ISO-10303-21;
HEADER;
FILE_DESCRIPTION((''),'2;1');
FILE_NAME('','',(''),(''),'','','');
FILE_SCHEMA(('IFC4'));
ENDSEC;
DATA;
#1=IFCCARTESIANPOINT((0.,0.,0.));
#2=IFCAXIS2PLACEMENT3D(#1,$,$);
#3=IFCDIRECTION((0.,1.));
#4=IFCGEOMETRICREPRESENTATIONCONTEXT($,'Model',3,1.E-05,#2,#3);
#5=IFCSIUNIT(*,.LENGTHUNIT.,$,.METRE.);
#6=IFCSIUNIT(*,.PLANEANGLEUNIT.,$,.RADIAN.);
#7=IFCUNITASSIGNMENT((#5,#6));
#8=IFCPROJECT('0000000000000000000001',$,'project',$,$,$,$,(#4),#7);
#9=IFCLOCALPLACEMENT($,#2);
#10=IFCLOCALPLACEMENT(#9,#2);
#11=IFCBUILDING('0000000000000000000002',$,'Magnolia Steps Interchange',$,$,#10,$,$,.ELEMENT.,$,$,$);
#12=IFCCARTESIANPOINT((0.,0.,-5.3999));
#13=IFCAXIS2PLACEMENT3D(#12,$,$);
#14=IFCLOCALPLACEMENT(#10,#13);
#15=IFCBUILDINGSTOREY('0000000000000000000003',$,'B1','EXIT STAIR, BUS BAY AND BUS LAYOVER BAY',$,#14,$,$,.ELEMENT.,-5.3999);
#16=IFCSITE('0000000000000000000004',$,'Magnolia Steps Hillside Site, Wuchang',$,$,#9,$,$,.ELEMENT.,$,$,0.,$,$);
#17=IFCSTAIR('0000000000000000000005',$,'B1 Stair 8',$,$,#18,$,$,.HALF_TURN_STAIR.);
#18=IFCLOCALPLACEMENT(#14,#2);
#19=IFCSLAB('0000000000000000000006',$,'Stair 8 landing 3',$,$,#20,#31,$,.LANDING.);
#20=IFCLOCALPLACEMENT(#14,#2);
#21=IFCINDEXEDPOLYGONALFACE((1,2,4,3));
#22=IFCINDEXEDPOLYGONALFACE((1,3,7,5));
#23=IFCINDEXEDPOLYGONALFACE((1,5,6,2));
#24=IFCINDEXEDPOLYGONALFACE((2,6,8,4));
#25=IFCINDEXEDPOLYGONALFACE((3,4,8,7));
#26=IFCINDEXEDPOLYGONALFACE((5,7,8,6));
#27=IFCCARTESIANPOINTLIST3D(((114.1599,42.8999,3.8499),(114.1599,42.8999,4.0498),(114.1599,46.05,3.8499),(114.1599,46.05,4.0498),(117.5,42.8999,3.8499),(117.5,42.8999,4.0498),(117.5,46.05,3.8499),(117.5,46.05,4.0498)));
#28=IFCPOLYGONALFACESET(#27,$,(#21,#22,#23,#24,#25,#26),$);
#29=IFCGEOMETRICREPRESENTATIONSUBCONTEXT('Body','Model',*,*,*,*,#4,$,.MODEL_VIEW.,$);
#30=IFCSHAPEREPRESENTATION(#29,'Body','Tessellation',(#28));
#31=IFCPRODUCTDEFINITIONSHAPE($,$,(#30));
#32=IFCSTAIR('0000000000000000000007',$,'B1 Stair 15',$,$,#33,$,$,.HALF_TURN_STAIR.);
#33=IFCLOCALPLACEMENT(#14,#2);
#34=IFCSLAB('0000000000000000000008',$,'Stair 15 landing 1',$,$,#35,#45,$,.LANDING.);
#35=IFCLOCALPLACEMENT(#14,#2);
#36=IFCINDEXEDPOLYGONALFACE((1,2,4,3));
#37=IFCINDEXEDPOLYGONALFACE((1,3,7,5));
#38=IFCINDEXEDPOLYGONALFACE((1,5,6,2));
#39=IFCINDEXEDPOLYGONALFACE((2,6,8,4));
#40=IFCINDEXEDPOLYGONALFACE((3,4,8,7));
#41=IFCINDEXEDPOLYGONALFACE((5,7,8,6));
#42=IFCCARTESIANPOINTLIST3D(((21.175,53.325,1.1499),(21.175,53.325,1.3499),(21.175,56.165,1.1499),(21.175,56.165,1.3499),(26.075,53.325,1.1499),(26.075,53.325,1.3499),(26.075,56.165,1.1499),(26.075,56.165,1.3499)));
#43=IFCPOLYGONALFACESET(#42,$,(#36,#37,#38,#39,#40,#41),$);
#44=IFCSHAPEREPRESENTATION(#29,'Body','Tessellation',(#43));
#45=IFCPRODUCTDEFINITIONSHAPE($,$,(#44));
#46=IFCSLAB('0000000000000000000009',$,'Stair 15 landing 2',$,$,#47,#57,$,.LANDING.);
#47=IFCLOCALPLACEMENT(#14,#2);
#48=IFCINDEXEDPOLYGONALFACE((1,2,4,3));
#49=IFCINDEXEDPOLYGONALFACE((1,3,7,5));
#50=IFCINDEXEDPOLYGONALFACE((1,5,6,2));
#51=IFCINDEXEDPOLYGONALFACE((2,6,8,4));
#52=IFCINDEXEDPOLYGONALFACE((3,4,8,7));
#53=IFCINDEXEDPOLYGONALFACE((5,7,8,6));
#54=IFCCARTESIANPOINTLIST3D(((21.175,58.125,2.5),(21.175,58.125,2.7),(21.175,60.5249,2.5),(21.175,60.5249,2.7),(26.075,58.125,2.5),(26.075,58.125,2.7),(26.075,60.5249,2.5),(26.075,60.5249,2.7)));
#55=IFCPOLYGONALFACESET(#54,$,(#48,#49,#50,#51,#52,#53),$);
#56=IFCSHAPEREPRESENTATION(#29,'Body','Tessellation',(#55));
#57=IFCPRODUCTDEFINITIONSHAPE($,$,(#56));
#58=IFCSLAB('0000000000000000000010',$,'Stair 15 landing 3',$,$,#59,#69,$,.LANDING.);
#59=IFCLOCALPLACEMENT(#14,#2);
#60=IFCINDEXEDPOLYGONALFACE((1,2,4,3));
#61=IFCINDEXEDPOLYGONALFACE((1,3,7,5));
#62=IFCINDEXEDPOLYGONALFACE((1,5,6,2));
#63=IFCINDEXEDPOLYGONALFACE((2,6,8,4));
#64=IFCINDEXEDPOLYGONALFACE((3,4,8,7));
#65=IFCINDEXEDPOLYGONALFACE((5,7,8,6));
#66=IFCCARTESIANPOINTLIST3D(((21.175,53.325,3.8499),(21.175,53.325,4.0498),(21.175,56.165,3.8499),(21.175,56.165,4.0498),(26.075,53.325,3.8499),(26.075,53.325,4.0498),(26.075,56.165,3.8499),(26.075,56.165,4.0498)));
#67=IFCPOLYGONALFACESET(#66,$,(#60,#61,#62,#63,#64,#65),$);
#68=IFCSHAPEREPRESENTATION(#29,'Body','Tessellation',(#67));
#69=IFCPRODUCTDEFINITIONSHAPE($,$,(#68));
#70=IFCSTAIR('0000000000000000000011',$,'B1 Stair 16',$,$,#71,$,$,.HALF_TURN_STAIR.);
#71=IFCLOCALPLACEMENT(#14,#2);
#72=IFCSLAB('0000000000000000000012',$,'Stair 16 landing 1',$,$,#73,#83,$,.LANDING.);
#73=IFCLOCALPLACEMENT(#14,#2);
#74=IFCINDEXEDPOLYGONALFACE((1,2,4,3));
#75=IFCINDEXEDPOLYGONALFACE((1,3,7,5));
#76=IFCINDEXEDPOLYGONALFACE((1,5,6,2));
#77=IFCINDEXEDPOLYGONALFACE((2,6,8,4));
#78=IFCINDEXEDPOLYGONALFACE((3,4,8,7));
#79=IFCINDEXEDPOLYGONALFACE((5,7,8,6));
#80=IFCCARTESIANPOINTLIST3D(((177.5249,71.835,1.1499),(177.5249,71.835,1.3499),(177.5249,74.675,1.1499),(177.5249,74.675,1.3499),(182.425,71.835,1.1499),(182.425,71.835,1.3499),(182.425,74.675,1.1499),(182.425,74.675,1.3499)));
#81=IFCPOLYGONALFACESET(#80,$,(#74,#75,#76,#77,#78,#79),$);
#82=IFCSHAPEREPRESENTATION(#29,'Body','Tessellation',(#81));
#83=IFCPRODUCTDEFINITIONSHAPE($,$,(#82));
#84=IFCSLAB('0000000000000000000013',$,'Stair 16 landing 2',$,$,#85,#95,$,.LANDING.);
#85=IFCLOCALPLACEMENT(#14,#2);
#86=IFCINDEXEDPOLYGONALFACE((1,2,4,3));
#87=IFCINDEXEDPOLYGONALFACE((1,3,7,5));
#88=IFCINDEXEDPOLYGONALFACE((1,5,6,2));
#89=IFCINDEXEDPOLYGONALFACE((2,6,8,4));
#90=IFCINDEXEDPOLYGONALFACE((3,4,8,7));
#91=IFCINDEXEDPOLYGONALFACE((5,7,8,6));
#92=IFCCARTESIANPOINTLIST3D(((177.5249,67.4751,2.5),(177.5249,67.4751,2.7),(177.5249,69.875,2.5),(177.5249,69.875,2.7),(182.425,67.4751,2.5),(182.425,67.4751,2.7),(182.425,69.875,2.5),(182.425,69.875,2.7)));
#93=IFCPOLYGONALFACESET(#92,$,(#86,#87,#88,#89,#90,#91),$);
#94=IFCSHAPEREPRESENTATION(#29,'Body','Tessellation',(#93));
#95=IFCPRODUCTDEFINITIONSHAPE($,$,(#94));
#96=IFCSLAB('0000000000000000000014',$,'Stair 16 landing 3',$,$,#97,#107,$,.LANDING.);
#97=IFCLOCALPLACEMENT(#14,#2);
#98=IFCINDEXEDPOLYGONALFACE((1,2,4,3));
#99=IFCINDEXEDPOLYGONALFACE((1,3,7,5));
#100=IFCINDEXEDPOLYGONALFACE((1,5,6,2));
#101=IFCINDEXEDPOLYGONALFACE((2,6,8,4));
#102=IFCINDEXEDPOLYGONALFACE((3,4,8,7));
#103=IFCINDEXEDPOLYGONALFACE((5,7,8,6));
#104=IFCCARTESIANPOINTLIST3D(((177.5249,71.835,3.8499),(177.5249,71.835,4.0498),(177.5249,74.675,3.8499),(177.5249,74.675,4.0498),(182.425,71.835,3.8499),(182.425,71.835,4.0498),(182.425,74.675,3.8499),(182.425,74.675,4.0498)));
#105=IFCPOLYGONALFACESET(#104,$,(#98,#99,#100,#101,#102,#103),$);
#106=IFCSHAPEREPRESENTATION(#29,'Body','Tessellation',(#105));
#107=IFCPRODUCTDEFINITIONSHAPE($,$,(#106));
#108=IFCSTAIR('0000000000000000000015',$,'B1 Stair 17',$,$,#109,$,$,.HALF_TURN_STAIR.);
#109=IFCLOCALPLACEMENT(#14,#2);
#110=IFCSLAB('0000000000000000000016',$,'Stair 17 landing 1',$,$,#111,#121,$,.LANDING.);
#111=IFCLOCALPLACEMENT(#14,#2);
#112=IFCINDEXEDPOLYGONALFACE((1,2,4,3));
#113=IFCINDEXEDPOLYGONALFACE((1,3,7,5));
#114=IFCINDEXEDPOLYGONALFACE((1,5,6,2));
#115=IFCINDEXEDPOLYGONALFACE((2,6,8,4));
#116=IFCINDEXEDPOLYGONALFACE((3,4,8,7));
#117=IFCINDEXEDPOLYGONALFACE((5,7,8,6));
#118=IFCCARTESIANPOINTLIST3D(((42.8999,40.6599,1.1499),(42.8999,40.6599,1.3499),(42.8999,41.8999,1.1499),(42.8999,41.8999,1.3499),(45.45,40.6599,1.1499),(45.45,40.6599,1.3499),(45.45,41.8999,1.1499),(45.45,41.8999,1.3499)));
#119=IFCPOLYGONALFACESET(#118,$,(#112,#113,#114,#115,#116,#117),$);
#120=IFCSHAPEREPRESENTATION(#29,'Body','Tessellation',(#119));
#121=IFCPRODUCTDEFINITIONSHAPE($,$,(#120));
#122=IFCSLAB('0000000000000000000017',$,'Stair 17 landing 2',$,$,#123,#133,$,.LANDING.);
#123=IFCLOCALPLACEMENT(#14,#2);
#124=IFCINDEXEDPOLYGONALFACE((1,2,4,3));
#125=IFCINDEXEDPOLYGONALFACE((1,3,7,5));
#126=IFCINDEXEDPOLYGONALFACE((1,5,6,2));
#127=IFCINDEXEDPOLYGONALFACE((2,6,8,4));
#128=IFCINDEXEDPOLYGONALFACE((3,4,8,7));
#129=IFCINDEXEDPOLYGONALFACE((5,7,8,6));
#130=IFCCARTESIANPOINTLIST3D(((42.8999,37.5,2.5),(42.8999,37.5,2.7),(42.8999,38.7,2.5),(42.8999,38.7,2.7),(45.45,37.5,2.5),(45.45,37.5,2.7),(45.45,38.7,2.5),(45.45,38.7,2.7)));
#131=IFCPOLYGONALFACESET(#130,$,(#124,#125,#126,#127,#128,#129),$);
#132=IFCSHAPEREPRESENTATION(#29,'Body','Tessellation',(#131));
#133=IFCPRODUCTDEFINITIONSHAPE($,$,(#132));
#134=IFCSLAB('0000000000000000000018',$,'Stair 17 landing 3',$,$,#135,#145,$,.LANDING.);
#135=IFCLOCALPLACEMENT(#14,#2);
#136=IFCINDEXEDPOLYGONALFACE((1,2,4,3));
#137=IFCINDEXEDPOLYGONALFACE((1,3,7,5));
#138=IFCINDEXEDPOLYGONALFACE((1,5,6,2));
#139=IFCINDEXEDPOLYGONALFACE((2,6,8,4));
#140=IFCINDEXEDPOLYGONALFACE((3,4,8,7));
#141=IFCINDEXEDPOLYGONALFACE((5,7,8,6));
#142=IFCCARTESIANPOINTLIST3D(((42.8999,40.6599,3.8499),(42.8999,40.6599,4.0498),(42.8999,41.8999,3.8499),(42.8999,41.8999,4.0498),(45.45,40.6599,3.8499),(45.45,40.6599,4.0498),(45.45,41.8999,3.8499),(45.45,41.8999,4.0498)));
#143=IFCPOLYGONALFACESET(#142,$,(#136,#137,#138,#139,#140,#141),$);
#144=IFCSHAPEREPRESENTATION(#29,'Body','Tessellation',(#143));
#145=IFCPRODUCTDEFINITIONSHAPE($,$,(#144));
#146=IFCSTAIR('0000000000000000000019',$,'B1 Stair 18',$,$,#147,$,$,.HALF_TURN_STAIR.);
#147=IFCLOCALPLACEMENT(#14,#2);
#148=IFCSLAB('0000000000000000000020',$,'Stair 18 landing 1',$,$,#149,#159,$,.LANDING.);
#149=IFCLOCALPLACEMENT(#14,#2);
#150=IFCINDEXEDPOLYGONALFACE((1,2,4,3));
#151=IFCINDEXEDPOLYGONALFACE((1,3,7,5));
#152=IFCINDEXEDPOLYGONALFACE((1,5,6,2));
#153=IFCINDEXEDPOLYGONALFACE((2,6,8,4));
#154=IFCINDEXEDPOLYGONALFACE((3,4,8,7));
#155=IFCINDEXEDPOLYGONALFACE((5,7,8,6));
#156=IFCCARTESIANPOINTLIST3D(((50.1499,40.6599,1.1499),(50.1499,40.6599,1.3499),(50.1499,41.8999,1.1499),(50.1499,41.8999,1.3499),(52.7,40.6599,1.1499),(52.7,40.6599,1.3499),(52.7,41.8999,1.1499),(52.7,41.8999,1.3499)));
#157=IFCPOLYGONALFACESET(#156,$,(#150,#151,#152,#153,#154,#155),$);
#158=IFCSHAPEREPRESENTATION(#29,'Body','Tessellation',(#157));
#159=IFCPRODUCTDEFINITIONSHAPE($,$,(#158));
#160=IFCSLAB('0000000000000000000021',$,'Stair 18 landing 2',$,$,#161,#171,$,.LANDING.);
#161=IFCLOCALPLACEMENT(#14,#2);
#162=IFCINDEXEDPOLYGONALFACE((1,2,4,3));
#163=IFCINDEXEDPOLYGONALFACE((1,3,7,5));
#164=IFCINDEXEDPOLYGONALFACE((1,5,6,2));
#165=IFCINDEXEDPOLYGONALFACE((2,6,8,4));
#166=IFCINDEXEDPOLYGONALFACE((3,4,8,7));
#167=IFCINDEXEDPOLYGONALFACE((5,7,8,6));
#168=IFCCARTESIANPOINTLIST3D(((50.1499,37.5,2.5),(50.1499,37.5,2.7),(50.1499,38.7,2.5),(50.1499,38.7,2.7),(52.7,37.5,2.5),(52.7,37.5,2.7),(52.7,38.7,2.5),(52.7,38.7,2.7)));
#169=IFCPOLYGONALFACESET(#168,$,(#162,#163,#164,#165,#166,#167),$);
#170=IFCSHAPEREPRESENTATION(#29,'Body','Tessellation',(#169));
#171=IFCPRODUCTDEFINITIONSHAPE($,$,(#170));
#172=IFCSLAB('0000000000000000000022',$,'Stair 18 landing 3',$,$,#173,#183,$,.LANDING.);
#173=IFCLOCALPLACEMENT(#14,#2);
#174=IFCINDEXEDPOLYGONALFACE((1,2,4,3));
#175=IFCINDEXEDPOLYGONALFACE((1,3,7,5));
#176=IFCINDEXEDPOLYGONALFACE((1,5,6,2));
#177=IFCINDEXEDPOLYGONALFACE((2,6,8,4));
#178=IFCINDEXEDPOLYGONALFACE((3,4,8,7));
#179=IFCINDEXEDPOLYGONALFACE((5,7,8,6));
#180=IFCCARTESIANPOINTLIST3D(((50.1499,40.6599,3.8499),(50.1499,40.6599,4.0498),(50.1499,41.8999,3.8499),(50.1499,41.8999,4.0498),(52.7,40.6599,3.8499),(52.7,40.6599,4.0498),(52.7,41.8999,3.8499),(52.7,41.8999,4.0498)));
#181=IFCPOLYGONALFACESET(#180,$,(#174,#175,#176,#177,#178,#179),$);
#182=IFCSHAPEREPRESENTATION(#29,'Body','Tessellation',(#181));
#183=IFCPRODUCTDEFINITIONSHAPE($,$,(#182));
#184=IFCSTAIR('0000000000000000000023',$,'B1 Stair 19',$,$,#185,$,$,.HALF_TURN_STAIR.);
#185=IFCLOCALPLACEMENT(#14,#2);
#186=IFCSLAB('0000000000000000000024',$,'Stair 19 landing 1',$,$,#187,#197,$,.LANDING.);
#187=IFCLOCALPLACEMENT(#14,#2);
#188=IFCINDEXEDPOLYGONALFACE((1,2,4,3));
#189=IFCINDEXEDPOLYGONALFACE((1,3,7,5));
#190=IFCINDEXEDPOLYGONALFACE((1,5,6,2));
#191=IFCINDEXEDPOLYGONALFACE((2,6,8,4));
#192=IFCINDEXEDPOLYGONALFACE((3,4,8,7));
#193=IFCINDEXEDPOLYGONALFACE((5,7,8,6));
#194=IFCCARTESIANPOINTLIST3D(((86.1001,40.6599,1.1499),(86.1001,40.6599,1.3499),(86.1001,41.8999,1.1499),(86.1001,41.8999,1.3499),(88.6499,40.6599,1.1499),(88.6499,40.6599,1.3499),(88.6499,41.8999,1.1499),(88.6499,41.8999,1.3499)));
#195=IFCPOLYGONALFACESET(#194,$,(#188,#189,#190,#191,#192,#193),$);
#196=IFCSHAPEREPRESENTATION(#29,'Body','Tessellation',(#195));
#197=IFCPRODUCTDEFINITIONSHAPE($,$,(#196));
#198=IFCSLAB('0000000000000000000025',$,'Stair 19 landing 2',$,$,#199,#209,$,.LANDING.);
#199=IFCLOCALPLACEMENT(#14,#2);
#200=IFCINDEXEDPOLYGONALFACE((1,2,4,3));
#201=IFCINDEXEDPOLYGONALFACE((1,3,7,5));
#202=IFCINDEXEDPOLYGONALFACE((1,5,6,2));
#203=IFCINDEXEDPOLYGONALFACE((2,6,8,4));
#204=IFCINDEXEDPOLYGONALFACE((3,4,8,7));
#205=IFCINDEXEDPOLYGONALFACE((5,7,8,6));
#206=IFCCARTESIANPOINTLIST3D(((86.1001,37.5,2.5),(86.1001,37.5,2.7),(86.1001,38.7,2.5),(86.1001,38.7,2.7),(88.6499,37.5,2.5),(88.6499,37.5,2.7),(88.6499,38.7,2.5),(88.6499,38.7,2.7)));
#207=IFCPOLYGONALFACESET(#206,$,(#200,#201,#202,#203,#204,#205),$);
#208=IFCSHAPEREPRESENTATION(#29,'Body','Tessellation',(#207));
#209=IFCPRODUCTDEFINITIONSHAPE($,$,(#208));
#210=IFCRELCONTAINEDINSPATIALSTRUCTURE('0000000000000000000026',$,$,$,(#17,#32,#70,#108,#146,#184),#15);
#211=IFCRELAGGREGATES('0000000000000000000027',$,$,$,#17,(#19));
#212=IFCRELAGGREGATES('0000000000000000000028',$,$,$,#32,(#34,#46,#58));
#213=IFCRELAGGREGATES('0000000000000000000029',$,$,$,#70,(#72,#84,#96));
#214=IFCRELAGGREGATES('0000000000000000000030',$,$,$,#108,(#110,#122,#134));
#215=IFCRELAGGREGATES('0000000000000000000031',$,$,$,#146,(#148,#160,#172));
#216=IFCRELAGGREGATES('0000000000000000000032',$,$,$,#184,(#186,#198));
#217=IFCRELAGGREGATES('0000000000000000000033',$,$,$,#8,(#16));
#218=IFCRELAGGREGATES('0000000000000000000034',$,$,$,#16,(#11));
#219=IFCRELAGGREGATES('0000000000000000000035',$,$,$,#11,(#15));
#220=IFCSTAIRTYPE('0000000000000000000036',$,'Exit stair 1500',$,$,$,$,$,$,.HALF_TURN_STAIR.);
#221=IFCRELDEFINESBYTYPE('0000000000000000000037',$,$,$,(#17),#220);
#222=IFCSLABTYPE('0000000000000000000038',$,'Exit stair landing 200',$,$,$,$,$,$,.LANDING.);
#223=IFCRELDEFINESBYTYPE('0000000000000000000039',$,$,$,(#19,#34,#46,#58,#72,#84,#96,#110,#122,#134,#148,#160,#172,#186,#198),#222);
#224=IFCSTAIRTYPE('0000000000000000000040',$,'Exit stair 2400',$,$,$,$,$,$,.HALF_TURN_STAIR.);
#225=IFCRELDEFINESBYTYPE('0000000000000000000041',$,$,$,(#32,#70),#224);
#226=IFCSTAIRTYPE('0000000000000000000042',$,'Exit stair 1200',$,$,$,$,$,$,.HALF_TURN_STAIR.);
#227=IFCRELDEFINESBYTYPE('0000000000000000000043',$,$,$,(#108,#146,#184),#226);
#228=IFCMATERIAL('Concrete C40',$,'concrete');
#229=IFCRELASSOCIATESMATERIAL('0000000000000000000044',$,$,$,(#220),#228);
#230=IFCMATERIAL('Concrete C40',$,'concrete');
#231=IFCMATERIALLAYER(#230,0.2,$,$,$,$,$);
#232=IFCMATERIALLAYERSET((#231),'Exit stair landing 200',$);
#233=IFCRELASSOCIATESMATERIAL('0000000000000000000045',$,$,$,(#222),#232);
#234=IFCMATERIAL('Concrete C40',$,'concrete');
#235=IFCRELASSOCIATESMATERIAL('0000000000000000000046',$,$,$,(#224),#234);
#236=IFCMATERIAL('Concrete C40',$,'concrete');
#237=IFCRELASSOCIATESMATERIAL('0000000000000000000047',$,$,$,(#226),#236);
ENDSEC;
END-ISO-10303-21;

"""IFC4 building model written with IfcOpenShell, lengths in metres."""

from ifc_helpers import new_model, si_unit, direction, frame, origin, place, context, subcontext, project, spatial, polyline, outline, extrude, material, layer, layer_set, type_object, element, aggregate, save


model = new_model("IFC4")

# Units and contexts
model_context = context("Model", 3, precision=1e-05, world=origin(), true_north=direction((0.0, 1.0)))
body_context = subcontext(model_context, "Body", "Model", "MODEL_VIEW")
ifc_project = project(units=[si_unit("LENGTHUNIT", "METRE"), si_unit("PLANEANGLEUNIT", "RADIAN")], contexts=[model_context])

# Site, building, storey
site_placement = place(None, origin())
site = spatial("IfcSite", under=ifc_project, at=site_placement, Name="Magnolia Steps Hillside Site, Wuchang", CompositionType="ELEMENT", RefElevation=0.0)
building_placement = place(site_placement, origin())
building = spatial("IfcBuilding", under=site, at=building_placement, Name="Magnolia Steps Interchange", CompositionType="ELEMENT")
storey_placement = place(building_placement, frame((0.0, 0.0, -5.3999)))
storey = spatial("IfcBuildingStorey", under=building, at=storey_placement, Name="B1", Description="EXIT STAIR, BUS BAY AND BUS LAYOVER BAY", CompositionType="ELEMENT", Elevation=-5.3999)

# Stair, slab
ifc_material_1 = material(Name="Concrete C40", Category="concrete")
stair_type_1 = type_object("IfcStairType", Name="Exit stair 1500", PredefinedType="HALF_TURN_STAIR", material=ifc_material_1)
stair_1_placement = place(storey_placement, origin())
stair_1 = element("IfcStair", 1, at=stair_1_placement, inside=storey, type_object=stair_type_1, Name="B1 Stair 8", PredefinedType="HALF_TURN_STAIR")
ifc_material_2 = material(Name="Concrete C40", Category="concrete")
ifc_layer_1 = layer(ifc_material_2, 0.2)
ifc_layer_set_1 = layer_set([ifc_layer_1], Name="Exit stair landing 200")
slab_type_1 = type_object("IfcSlabType", Name="Exit stair landing 200", PredefinedType="LANDING", material=ifc_layer_set_1)
slab_1_placement = place(storey_placement, frame((0.0, 0.0, 3.8499)))
slab_1 = element("IfcSlab", 2, at=slab_1_placement, type_object=slab_type_1, Name="Stair 8 landing 3", PredefinedType="LANDING", context=body_context, shape_type="SweptSolid", body=[
    extrude(outline(polyline([(114.1599, 42.8999), (117.5, 42.8999), (117.5, 46.05), (114.1599, 46.05), (114.1599, 42.8999)])), origin(), (0.0, 0.0, 1.0), 0.2),
])
aggregate(stair_1, [slab_1])

# Stairs, slabs
ifc_material_3 = material(Name="Concrete C40", Category="concrete")
stair_type_2 = type_object("IfcStairType", Name="Exit stair 2400", PredefinedType="HALF_TURN_STAIR", material=ifc_material_3)
stair_2_placement = place(storey_placement, origin())
stair_2 = element("IfcStair", 3, at=stair_2_placement, inside=storey, type_object=stair_type_2, Name="B1 Stair 15", PredefinedType="HALF_TURN_STAIR")
slab_2_placement = place(storey_placement, frame((0.0, 0.0, 1.1499)))
slab_2 = element("IfcSlab", 4, at=slab_2_placement, type_object=slab_type_1, Name="Stair 15 landing 1", PredefinedType="LANDING", context=body_context, shape_type="SweptSolid", body=[
    extrude(outline(polyline([(21.175, 56.165), (21.175, 53.325), (26.075, 53.325), (26.075, 56.165), (21.175, 56.165)])), origin(), (0.0, 0.0, 1.0), 0.2),
])
slab_3_placement = place(storey_placement, frame((0.0, 0.0, 2.5)))
slab_3 = element("IfcSlab", 5, at=slab_3_placement, type_object=slab_type_1, Name="Stair 15 landing 2", PredefinedType="LANDING", context=body_context, shape_type="SweptSolid", body=[
    extrude(outline(polyline([(21.175, 60.5249), (21.175, 58.125), (26.075, 58.125), (26.075, 60.5249), (21.175, 60.5249)])), origin(), (0.0, 0.0, 1.0), 0.2),
])
slab_4_placement = place(storey_placement, frame((0.0, 0.0, 3.8499)))
slab_4 = element("IfcSlab", 6, at=slab_4_placement, type_object=slab_type_1, Name="Stair 15 landing 3", PredefinedType="LANDING", context=body_context, shape_type="SweptSolid", body=[
    extrude(outline(polyline([(21.175, 56.165), (21.175, 53.325), (26.075, 53.325), (26.075, 56.165), (21.175, 56.165)])), origin(), (0.0, 0.0, 1.0), 0.2),
])
aggregate(stair_2, [slab_2, slab_3, slab_4])
stair_3_placement = place(storey_placement, origin())
stair_3 = element("IfcStair", 7, at=stair_3_placement, inside=storey, type_object=stair_type_2, Name="B1 Stair 16", PredefinedType="HALF_TURN_STAIR")
slab_5_placement = place(storey_placement, frame((0.0, 0.0, 1.1499)))
slab_5 = element("IfcSlab", 8, at=slab_5_placement, type_object=slab_type_1, Name="Stair 16 landing 1", PredefinedType="LANDING", context=body_context, shape_type="SweptSolid", body=[
    extrude(outline(polyline([(182.425, 71.835), (182.425, 74.675), (177.5249, 74.675), (177.5249, 71.835), (182.425, 71.835)])), origin(), (0.0, 0.0, 1.0), 0.2),
])
slab_6_placement = place(storey_placement, frame((0.0, 0.0, 2.5)))
slab_6 = element("IfcSlab", 9, at=slab_6_placement, type_object=slab_type_1, Name="Stair 16 landing 2", PredefinedType="LANDING", context=body_context, shape_type="SweptSolid", body=[
    extrude(outline(polyline([(182.425, 67.4751), (182.425, 69.875), (177.5249, 69.875), (177.5249, 67.4751), (182.425, 67.4751)])), origin(), (0.0, 0.0, 1.0), 0.2),
])
slab_7_placement = place(storey_placement, frame((0.0, 0.0, 3.8499)))
slab_7 = element("IfcSlab", 10, at=slab_7_placement, type_object=slab_type_1, Name="Stair 16 landing 3", PredefinedType="LANDING", context=body_context, shape_type="SweptSolid", body=[
    extrude(outline(polyline([(182.425, 71.835), (182.425, 74.675), (177.5249, 74.675), (177.5249, 71.835), (182.425, 71.835)])), origin(), (0.0, 0.0, 1.0), 0.2),
])
aggregate(stair_3, [slab_5, slab_6, slab_7])
ifc_material_4 = material(Name="Concrete C40", Category="concrete")
stair_type_3 = type_object("IfcStairType", Name="Exit stair 1200", PredefinedType="HALF_TURN_STAIR", material=ifc_material_4)
stair_4_placement = place(storey_placement, origin())
stair_4 = element("IfcStair", 11, at=stair_4_placement, inside=storey, type_object=stair_type_3, Name="B1 Stair 17", PredefinedType="HALF_TURN_STAIR")
slab_8_placement = place(storey_placement, frame((0.0, 0.0, 1.1499)))
slab_8 = element("IfcSlab", 12, at=slab_8_placement, type_object=slab_type_1, Name="Stair 17 landing 1", PredefinedType="LANDING", context=body_context, shape_type="SweptSolid", body=[
    extrude(outline(polyline([(45.45, 40.6599), (45.45, 41.8999), (42.8999, 41.8999), (42.8999, 40.6599), (45.45, 40.6599)])), origin(), (0.0, 0.0, 1.0), 0.2),
])
slab_9_placement = place(storey_placement, frame((0.0, 0.0, 2.5)))
slab_9 = element("IfcSlab", 13, at=slab_9_placement, type_object=slab_type_1, Name="Stair 17 landing 2", PredefinedType="LANDING", context=body_context, shape_type="SweptSolid", body=[
    extrude(outline(polyline([(45.45, 37.5), (45.45, 38.7), (42.8999, 38.7), (42.8999, 37.5), (45.45, 37.5)])), origin(), (0.0, 0.0, 1.0), 0.2),
])
slab_10_placement = place(storey_placement, frame((0.0, 0.0, 3.8499)))
slab_10 = element("IfcSlab", 14, at=slab_10_placement, type_object=slab_type_1, Name="Stair 17 landing 3", PredefinedType="LANDING", context=body_context, shape_type="SweptSolid", body=[
    extrude(outline(polyline([(45.45, 40.6599), (45.45, 41.8999), (42.8999, 41.8999), (42.8999, 40.6599), (45.45, 40.6599)])), origin(), (0.0, 0.0, 1.0), 0.2),
])
aggregate(stair_4, [slab_8, slab_9, slab_10])
stair_5_placement = place(storey_placement, origin())
stair_5 = element("IfcStair", 15, at=stair_5_placement, inside=storey, type_object=stair_type_3, Name="B1 Stair 18", PredefinedType="HALF_TURN_STAIR")
slab_11_placement = place(storey_placement, frame((0.0, 0.0, 1.1499)))
slab_11 = element("IfcSlab", 16, at=slab_11_placement, type_object=slab_type_1, Name="Stair 18 landing 1", PredefinedType="LANDING", context=body_context, shape_type="SweptSolid", body=[
    extrude(outline(polyline([(52.7, 40.6599), (52.7, 41.8999), (50.1499, 41.8999), (50.1499, 40.6599), (52.7, 40.6599)])), origin(), (0.0, 0.0, 1.0), 0.2),
])
slab_12_placement = place(storey_placement, frame((0.0, 0.0, 2.5)))
slab_12 = element("IfcSlab", 17, at=slab_12_placement, type_object=slab_type_1, Name="Stair 18 landing 2", PredefinedType="LANDING", context=body_context, shape_type="SweptSolid", body=[
    extrude(outline(polyline([(52.7, 37.5), (52.7, 38.7), (50.1499, 38.7), (50.1499, 37.5), (52.7, 37.5)])), origin(), (0.0, 0.0, 1.0), 0.2),
])
slab_13_placement = place(storey_placement, frame((0.0, 0.0, 3.8499)))
slab_13 = element("IfcSlab", 18, at=slab_13_placement, type_object=slab_type_1, Name="Stair 18 landing 3", PredefinedType="LANDING", context=body_context, shape_type="SweptSolid", body=[
    extrude(outline(polyline([(52.7, 40.6599), (52.7, 41.8999), (50.1499, 41.8999), (50.1499, 40.6599), (52.7, 40.6599)])), origin(), (0.0, 0.0, 1.0), 0.2),
])
aggregate(stair_5, [slab_11, slab_12, slab_13])
stair_6_placement = place(storey_placement, origin())
stair_6 = element("IfcStair", 19, at=stair_6_placement, inside=storey, type_object=stair_type_3, Name="B1 Stair 19", PredefinedType="HALF_TURN_STAIR")
slab_14_placement = place(storey_placement, frame((0.0, 0.0, 1.1499)))
slab_14 = element("IfcSlab", 20, at=slab_14_placement, type_object=slab_type_1, Name="Stair 19 landing 1", PredefinedType="LANDING", context=body_context, shape_type="SweptSolid", body=[
    extrude(outline(polyline([(88.6499, 40.6599), (88.6499, 41.8999), (86.1001, 41.8999), (86.1001, 40.6599), (88.6499, 40.6599)])), origin(), (0.0, 0.0, 1.0), 0.2),
])
slab_15_placement = place(storey_placement, frame((0.0, 0.0, 2.5)))
slab_15 = element("IfcSlab", 21, at=slab_15_placement, type_object=slab_type_1, Name="Stair 19 landing 2", PredefinedType="LANDING", context=body_context, shape_type="SweptSolid", body=[
    extrude(outline(polyline([(88.6499, 37.5), (88.6499, 38.7), (86.1001, 38.7), (86.1001, 37.5), (88.6499, 37.5)])), origin(), (0.0, 0.0, 1.0), 0.2),
])
aggregate(stair_6, [slab_14, slab_15])

save(model, "model.ifc")
